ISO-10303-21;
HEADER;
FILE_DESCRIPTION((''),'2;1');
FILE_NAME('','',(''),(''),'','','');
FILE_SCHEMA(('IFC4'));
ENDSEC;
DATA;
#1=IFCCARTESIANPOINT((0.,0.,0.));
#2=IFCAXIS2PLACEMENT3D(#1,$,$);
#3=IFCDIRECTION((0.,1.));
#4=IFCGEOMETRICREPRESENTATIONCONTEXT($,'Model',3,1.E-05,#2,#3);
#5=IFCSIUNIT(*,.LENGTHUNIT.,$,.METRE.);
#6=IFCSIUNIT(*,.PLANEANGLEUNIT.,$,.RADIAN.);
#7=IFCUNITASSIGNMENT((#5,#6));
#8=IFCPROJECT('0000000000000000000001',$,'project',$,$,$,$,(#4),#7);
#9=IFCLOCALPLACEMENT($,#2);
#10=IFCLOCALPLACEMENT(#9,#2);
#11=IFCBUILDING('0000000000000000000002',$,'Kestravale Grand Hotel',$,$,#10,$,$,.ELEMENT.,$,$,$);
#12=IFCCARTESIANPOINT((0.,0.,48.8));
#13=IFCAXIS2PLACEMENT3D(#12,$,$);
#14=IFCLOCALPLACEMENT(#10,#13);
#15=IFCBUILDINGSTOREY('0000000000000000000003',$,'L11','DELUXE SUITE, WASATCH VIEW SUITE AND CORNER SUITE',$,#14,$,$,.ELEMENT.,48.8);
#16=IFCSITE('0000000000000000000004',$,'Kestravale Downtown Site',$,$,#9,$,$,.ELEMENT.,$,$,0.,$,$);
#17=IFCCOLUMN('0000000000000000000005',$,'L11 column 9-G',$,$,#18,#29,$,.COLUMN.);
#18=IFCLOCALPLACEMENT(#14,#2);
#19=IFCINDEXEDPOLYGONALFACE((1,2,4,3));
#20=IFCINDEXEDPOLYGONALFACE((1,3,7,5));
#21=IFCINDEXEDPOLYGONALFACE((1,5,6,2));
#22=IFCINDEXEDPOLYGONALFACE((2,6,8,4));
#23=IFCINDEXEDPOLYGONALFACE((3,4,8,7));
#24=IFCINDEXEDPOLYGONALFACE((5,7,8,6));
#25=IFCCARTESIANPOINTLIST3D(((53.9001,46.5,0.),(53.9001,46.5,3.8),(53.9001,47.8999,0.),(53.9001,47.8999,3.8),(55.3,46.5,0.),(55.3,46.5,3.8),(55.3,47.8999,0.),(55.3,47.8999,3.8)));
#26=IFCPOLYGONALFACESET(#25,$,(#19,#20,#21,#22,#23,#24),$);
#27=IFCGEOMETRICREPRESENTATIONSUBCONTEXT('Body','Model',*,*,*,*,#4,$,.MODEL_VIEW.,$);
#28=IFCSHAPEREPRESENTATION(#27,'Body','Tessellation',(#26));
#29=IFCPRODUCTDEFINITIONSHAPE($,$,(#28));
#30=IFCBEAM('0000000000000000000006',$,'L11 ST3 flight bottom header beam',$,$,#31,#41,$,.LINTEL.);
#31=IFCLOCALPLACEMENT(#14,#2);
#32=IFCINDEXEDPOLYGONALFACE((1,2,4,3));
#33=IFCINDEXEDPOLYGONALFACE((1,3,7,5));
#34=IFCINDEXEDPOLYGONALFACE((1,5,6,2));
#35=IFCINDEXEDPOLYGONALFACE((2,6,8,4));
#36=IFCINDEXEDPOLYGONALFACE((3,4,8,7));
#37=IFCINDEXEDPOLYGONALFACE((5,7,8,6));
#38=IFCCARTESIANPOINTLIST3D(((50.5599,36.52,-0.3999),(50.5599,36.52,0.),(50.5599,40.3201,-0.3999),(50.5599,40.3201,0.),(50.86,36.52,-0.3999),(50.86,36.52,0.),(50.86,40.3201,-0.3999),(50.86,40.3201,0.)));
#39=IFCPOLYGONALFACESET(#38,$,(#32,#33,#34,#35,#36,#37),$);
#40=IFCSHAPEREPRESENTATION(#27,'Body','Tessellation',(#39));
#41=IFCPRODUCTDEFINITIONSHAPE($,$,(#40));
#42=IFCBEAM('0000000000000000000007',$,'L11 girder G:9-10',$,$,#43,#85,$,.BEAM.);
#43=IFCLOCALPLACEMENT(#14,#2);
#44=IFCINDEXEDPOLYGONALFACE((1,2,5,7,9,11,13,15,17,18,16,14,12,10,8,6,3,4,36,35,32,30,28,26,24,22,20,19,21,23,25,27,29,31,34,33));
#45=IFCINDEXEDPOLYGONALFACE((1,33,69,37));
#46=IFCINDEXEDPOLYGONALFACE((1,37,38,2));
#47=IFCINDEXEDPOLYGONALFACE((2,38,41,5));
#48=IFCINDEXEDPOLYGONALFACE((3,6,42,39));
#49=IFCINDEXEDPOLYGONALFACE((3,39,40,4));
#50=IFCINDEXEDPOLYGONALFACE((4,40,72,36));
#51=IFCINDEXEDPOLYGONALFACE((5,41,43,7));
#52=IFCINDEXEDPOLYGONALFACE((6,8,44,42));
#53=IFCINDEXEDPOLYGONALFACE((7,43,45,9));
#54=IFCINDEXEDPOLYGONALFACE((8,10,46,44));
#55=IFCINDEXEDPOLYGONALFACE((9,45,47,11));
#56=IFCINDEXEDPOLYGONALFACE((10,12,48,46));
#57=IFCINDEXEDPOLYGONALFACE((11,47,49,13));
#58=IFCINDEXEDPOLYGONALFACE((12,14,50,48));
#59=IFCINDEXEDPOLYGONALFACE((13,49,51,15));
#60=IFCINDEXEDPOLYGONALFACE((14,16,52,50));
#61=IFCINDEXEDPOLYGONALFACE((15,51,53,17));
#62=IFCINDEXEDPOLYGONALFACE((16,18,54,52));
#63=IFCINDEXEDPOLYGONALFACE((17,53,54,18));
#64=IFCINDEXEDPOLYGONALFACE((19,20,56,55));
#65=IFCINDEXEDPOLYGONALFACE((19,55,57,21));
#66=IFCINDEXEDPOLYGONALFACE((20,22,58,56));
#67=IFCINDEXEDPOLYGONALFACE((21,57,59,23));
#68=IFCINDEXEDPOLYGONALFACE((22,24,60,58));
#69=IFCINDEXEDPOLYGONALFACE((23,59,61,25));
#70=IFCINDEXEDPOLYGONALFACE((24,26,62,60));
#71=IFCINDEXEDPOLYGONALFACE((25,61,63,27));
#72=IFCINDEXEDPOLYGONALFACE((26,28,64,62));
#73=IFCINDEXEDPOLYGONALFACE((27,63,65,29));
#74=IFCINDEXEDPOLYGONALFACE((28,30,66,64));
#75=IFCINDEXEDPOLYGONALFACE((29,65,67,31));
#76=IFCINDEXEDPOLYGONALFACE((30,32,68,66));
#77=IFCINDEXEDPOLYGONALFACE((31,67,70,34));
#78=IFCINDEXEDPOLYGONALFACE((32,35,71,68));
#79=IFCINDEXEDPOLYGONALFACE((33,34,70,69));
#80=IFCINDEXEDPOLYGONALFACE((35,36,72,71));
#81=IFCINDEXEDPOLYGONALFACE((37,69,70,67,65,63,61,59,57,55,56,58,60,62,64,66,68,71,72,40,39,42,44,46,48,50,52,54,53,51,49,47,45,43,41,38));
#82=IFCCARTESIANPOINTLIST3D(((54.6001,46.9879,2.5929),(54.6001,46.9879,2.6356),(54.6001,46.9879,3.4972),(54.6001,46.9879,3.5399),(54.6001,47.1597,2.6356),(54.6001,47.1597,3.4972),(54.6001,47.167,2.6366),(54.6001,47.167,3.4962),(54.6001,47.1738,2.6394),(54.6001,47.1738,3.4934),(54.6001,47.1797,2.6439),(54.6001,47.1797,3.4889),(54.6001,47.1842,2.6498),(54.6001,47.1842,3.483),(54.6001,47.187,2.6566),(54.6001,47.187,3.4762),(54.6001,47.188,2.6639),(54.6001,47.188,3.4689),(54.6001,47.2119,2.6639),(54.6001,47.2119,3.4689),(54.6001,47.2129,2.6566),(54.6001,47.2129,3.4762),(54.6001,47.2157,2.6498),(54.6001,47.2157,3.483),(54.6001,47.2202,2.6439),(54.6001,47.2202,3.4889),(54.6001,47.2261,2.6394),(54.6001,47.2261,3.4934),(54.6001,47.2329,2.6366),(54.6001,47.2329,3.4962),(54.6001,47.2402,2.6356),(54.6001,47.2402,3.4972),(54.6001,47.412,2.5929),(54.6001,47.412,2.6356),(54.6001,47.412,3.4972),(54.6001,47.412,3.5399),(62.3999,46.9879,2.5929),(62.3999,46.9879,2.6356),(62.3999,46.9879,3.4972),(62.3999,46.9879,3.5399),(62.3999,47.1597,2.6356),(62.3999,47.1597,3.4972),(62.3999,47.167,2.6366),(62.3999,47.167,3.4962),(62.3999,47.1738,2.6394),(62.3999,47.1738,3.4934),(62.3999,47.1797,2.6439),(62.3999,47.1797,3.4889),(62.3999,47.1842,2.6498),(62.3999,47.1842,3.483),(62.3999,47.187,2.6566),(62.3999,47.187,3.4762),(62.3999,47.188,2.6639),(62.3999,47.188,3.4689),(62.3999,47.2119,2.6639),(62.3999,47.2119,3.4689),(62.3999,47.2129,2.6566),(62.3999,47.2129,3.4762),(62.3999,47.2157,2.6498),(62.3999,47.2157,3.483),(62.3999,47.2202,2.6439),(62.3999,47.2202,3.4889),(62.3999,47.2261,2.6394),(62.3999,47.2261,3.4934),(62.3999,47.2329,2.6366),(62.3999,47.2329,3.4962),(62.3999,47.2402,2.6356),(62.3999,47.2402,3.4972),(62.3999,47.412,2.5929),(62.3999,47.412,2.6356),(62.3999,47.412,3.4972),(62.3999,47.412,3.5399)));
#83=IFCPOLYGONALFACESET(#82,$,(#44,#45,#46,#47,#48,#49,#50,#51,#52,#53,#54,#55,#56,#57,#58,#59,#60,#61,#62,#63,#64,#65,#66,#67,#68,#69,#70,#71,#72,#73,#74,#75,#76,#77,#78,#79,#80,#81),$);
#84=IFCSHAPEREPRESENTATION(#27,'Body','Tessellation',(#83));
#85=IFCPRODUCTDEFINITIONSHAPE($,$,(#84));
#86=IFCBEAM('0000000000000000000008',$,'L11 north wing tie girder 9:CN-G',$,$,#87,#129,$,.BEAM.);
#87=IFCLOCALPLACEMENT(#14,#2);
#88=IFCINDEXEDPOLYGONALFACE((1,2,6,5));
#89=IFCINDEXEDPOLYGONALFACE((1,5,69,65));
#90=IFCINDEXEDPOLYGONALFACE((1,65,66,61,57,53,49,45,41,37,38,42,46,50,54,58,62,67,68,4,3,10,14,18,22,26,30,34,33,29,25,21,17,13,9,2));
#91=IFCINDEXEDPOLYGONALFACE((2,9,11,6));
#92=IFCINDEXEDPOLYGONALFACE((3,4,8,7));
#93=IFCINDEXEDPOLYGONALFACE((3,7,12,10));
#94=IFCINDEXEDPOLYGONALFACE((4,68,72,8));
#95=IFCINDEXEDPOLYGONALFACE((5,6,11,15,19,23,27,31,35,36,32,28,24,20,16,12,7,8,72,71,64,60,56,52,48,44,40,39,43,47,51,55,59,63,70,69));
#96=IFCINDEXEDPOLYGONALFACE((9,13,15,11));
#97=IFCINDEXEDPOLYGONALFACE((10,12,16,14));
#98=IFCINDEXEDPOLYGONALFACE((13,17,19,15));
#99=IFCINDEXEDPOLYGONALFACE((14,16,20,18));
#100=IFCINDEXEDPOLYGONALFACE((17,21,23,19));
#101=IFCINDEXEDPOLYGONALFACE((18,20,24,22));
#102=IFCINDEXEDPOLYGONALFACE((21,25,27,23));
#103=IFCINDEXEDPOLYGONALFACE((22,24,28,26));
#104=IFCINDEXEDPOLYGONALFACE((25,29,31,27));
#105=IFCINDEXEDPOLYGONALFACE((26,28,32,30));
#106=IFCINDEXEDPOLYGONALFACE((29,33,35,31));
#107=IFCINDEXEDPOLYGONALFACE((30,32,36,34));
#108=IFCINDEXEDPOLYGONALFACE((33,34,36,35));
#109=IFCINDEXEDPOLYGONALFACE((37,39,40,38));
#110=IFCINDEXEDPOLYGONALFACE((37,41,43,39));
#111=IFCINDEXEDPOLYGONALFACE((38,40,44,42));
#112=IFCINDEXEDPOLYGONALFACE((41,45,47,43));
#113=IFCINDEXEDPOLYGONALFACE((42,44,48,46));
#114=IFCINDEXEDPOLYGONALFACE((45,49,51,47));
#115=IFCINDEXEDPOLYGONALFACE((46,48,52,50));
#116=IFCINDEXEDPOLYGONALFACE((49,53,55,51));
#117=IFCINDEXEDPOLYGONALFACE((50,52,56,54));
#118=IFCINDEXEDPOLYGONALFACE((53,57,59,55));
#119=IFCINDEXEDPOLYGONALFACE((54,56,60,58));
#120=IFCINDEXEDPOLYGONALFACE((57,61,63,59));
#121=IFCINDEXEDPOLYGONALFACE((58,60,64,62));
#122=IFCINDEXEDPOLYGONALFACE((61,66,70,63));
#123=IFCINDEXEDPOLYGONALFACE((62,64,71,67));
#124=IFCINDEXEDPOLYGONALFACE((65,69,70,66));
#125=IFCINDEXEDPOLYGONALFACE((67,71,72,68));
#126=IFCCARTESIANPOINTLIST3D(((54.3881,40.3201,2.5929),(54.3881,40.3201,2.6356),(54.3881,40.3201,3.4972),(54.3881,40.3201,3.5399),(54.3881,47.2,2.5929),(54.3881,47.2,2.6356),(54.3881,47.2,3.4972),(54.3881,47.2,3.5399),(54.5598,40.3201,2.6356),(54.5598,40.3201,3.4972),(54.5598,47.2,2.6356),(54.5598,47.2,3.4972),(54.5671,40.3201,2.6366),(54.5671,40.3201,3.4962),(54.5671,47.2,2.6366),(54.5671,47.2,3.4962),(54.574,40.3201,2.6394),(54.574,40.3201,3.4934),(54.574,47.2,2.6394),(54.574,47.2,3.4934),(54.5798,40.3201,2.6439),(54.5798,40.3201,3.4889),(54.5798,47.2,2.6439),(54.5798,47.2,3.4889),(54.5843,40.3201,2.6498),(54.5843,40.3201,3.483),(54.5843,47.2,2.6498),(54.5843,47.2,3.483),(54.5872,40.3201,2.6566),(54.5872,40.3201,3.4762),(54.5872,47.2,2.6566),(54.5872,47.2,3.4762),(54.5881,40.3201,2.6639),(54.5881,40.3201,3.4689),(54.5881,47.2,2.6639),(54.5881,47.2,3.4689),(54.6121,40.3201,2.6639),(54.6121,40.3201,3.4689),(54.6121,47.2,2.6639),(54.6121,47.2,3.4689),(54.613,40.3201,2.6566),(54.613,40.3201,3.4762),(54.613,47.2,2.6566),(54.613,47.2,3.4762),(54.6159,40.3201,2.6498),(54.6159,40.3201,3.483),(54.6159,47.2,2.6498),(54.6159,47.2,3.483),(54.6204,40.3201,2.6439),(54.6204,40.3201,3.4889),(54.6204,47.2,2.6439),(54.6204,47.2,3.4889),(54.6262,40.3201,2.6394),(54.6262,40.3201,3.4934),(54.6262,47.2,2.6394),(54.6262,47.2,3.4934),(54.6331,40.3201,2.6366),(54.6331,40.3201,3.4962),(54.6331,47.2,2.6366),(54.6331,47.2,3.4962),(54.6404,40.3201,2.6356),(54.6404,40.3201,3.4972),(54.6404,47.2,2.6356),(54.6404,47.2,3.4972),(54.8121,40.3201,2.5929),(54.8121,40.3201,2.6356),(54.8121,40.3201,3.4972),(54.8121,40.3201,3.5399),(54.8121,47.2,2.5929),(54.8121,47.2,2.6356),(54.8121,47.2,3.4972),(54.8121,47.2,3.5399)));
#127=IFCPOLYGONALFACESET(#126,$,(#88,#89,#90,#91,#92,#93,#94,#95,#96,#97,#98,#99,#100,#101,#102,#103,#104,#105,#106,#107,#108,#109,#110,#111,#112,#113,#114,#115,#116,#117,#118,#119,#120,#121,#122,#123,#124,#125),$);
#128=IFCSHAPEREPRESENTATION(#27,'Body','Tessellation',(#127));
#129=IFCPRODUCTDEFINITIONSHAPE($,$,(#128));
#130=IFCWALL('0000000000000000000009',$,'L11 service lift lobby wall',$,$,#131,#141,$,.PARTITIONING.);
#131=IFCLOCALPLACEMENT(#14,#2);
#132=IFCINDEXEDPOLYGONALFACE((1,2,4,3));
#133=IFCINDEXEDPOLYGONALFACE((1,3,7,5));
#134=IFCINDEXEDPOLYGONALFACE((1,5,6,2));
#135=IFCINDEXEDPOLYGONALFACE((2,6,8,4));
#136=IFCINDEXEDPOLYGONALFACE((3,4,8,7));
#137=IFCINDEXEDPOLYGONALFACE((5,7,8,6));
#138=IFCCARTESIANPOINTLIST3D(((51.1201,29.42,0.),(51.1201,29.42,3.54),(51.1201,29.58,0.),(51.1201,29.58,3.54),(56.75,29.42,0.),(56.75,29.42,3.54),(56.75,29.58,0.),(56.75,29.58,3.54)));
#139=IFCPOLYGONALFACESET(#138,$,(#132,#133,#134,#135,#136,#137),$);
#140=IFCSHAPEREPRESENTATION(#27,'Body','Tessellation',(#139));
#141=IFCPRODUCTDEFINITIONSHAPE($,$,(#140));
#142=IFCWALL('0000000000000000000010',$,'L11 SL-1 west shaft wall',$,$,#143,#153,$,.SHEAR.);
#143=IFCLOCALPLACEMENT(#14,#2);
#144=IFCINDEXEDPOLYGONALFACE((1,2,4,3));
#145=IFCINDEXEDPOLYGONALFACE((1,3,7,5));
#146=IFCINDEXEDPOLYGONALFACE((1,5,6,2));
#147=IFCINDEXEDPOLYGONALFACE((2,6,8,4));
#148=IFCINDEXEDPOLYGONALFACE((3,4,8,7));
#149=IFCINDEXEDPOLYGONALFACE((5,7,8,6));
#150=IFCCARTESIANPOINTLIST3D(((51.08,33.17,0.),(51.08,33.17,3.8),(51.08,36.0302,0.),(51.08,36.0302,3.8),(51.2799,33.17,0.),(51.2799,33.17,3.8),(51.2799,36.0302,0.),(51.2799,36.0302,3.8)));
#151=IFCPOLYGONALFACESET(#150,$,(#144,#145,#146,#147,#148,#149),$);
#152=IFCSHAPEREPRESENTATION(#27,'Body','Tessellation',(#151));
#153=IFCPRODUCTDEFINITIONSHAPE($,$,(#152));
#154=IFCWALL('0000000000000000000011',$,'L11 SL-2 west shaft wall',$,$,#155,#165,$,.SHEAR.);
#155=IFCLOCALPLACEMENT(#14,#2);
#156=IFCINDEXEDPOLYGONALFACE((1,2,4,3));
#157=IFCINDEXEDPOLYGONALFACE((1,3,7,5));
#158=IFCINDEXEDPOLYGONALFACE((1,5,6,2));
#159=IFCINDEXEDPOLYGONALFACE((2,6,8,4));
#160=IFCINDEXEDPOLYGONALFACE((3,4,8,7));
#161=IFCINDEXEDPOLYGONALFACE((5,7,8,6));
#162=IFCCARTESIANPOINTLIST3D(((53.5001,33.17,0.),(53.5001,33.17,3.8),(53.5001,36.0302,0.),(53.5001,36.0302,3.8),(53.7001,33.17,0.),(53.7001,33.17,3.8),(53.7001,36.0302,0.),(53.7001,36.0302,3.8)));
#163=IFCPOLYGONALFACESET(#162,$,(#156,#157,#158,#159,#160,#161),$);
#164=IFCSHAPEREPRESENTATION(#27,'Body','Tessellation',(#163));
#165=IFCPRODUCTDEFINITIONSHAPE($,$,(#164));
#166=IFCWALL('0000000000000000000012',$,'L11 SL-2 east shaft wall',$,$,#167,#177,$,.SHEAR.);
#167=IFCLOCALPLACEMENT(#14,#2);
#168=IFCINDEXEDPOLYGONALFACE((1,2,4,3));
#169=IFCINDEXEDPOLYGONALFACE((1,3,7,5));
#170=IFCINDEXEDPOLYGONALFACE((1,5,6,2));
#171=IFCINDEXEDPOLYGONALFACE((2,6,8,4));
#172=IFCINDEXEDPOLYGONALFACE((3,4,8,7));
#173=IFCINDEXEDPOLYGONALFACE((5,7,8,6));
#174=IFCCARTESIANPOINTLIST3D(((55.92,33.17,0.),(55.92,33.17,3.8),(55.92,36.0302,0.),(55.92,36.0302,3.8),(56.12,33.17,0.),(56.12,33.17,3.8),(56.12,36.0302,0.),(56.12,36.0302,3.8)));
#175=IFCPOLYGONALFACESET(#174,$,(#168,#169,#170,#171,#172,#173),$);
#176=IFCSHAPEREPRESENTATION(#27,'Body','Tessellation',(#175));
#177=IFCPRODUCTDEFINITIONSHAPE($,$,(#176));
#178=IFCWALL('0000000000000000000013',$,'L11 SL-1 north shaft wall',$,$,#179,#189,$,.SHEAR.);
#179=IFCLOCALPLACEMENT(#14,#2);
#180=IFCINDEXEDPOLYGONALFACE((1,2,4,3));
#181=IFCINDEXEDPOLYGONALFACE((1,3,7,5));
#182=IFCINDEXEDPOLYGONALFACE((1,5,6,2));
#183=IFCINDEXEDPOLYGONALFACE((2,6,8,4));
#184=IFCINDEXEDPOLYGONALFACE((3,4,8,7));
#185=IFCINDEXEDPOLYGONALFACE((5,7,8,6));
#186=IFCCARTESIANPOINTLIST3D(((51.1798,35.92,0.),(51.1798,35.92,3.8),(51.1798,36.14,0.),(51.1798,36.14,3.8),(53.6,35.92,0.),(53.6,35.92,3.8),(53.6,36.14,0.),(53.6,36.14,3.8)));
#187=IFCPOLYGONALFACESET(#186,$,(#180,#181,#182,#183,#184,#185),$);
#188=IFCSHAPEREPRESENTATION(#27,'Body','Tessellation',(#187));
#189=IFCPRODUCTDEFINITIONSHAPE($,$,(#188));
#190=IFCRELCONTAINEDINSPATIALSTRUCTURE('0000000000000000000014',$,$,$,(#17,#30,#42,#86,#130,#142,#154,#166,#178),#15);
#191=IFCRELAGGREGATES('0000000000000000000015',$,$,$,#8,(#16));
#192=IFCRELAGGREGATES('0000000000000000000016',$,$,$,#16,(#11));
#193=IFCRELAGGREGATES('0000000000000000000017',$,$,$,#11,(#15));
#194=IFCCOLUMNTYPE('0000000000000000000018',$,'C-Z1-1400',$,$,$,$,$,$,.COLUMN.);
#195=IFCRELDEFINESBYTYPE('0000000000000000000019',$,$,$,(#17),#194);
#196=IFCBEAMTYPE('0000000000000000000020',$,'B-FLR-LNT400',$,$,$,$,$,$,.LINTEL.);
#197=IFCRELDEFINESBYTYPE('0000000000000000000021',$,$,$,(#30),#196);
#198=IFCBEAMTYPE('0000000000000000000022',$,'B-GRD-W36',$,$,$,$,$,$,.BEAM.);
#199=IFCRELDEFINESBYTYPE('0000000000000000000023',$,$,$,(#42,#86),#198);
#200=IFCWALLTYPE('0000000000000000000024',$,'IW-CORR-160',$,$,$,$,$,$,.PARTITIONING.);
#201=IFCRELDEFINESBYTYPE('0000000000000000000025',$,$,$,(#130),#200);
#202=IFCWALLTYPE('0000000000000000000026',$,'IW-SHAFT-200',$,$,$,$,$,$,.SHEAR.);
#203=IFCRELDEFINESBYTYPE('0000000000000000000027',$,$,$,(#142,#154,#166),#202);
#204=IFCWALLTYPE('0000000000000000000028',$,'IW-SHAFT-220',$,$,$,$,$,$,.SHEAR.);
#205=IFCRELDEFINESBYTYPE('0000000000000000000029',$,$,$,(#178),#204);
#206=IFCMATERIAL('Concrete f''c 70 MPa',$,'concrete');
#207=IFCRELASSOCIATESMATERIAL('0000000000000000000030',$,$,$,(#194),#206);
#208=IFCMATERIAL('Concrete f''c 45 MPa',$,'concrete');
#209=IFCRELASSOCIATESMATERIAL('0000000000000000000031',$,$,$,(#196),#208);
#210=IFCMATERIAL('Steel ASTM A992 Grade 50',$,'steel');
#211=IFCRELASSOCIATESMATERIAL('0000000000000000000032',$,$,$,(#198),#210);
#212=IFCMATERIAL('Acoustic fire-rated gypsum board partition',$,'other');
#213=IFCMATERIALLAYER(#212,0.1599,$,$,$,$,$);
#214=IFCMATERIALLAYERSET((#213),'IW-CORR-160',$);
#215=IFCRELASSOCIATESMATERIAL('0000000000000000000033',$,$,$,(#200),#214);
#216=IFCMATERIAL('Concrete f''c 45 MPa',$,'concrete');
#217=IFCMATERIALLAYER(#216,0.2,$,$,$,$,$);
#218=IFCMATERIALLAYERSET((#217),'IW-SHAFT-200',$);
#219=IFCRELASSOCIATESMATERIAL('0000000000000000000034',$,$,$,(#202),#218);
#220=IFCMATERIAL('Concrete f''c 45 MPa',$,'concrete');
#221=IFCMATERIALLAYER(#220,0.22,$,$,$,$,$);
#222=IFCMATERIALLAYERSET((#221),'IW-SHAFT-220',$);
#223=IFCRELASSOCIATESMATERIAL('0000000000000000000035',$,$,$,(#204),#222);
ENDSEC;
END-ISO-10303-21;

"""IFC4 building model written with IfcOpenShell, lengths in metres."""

from ifc_helpers import new_model, si_unit, direction, frame, frame_2d, origin, origin_2d, place, context, subcontext, project, spatial, rectangle, i_section, extrude, material, layer, layer_set, material_profile, profile_set, type_object, element, save


model = new_model("IFC4")

# Units and contexts
model_context = context("Model", 3, precision=1e-05, world=origin(), true_north=direction((0.0, 1.0)))
body_context = subcontext(model_context, "Body", "Model", "MODEL_VIEW")
ifc_project = project(units=[si_unit("LENGTHUNIT", "METRE"), si_unit("PLANEANGLEUNIT", "RADIAN")], contexts=[model_context])

# Site, building, storey
site_placement = place(None, origin())
site = spatial("IfcSite", under=ifc_project, at=site_placement, Name="Kestravale Downtown Site", CompositionType="ELEMENT", RefElevation=0.0)
building_placement = place(site_placement, origin())
building = spatial("IfcBuilding", under=site, at=building_placement, Name="Kestravale Grand Hotel", CompositionType="ELEMENT")
storey_placement = place(building_placement, frame((0.0, 0.0, 48.8)))
storey = spatial("IfcBuildingStorey", under=building, at=storey_placement, Name="L11", Description="DELUXE SUITE, WASATCH VIEW SUITE AND CORNER SUITE", CompositionType="ELEMENT", Elevation=48.8)

# Column
ifc_material_1 = material(Name="Concrete f'c 70 MPa", Category="concrete")
ifc_material_profile_1 = material_profile(ifc_material_1, rectangle(XDim=1.3999, YDim=1.3999, at=origin_2d()))
ifc_profile_set_1 = profile_set([ifc_material_profile_1], Name="Concrete f'c 70 MPa")
column_type = type_object("IfcColumnType", Name="C-Z1-1400", PredefinedType="COLUMN", material=ifc_profile_set_1)
column_placement = place(storey_placement, frame((54.6001, 47.2, 0.0), z_axis=(0.0, 0.0, 1.0), x_axis=(1.0, 0.0, 0.0)))
element("IfcColumn", 1, at=column_placement, inside=storey, type_object=column_type, Name="L11 column 9-G", PredefinedType="COLUMN", context=body_context, shape_type="SweptSolid", body=[
    extrude(rectangle(XDim=1.3999, YDim=1.3999, at=origin_2d()), origin(), (0.0, 0.0, 1.0), 3.8),
])

# Beams
ifc_material_2 = material(Name="Concrete f'c 45 MPa", Category="concrete")
ifc_material_profile_2 = material_profile(ifc_material_2, rectangle(XDim=0.3, YDim=0.3999, at=origin_2d()))
ifc_profile_set_2 = profile_set([ifc_material_profile_2], Name="Concrete f'c 45 MPa")
beam_type_1 = type_object("IfcBeamType", Name="B-FLR-LNT400", PredefinedType="LINTEL", material=ifc_profile_set_2)
beam_1_placement = place(storey_placement, frame((50.71, 36.52, -0.2), z_axis=(0.0, 1.0, 0.0), x_axis=(-1.0, 0.0, 0.0)))
element("IfcBeam", 2, at=beam_1_placement, inside=storey, type_object=beam_type_1, Name="L11 ST3 flight bottom header beam", PredefinedType="LINTEL", context=body_context, shape_type="SweptSolid", body=[
    extrude(rectangle(XDim=0.3, YDim=0.3999, at=origin_2d()), origin(), (0.0, 0.0, 1.0), 3.8),
])
ifc_material_3 = material(Name="Steel ASTM A992 Grade 50", Category="steel")
ifc_material_profile_3 = material_profile(ifc_material_3, i_section(OverallWidth=0.4241, OverallDepth=0.947, WebThickness=0.0239, FlangeThickness=0.0427, FilletRadius=0.0283, at=origin_2d()))
ifc_profile_set_3 = profile_set([ifc_material_profile_3], Name="Steel ASTM A992 Grade 50")
beam_type_2 = type_object("IfcBeamType", Name="B-GRD-W36", PredefinedType="BEAM", material=ifc_profile_set_3)
beam_2_placement = place(storey_placement, frame((54.6001, 47.2, 3.0664), z_axis=(1.0, 0.0, 0.0), x_axis=(0.0, 1.0, 0.0)))
element("IfcBeam", 3, at=beam_2_placement, inside=storey, type_object=beam_type_2, Name="L11 girder G:9-10", PredefinedType="BEAM", context=body_context, shape_type="SweptSolid", body=[
    extrude(i_section(OverallWidth=0.4241, OverallDepth=0.947, WebThickness=0.0239, FlangeThickness=0.0427, FilletRadius=0.0283, at=origin_2d()), origin(), (0.0, 0.0, 1.0), 7.7998),
])
beam_3_placement = place(storey_placement, frame((54.6001, 40.3201, 3.0664), z_axis=(0.0, 1.0, 0.0), x_axis=(-1.0, 0.0, 0.0)))
element("IfcBeam", 4, at=beam_3_placement, inside=storey, type_object=beam_type_2, Name="L11 north wing tie girder 9:CN-G", PredefinedType="BEAM", context=body_context, shape_type="SweptSolid", body=[
    extrude(i_section(OverallWidth=0.4241, OverallDepth=0.947, WebThickness=0.0239, FlangeThickness=0.0427, FilletRadius=0.0283, at=origin_2d()), origin(), (0.0, 0.0, 1.0), 6.8799),
])

# Shared definitions
ifc_material_4 = material(Name="Acoustic fire-rated gypsum board partition", Category="other")
ifc_layer_1 = layer(ifc_material_4, 0.1599)
ifc_layer_set_1 = layer_set([ifc_layer_1], Name="IW-CORR-160")
wall_type_1 = type_object("IfcWallType", Name="IW-CORR-160", PredefinedType="PARTITIONING", material=ifc_layer_set_1)

# Walls
wall_1_placement = place(storey_placement, frame((51.1201, 29.5, 0.0), z_axis=(0.0, 0.0, 1.0), x_axis=(1.0, 0.0, 0.0)))
element("IfcWall", 5, at=wall_1_placement, inside=storey, type_object=wall_type_1, Name="L11 service lift lobby wall", PredefinedType="PARTITIONING", context=body_context, shape_type="SweptSolid", body=[
    extrude(rectangle(XDim=5.6299, YDim=0.1599, at=frame_2d((2.8149, 0.0))), origin(), (0.0, 0.0, 1.0), 3.54),
])
ifc_material_5 = material(Name="Concrete f'c 45 MPa", Category="concrete")
ifc_layer_2 = layer(ifc_material_5, 0.2)
ifc_layer_set_2 = layer_set([ifc_layer_2], Name="IW-SHAFT-200")
wall_type_2 = type_object("IfcWallType", Name="IW-SHAFT-200", PredefinedType="SHEAR", material=ifc_layer_set_2)
for number, where, z_axis, x_axis, name in (
    (6, (51.1799, 33.1699, 0.0), (0.0, 0.0, 1.0), (0.0, 1.0, 0.0), "L11 SL-1 west shaft wall"),
    (7, (53.6001, 33.1699, 0.0), (0.0, 0.0, 1.0), (0.0, 1.0, 0.0), "L11 SL-2 west shaft wall"),
    (8, (56.02, 33.1699, 0.0), (0.0, 0.0, 1.0), (0.0, 1.0, 0.0), "L11 SL-2 east shaft wall"),
):
    element("IfcWall", number, at=place(storey_placement, frame(where, z_axis=z_axis, x_axis=x_axis)), inside=storey, type_object=wall_type_2, Name=name, PredefinedType="SHEAR", context=body_context, shape_type="SweptSolid", body=[
        extrude(rectangle(XDim=2.8601, YDim=0.2, at=frame_2d((1.4302, 0.0))), origin(), (0.0, 0.0, 1.0), 3.8),
    ])
ifc_material_6 = material(Name="Concrete f'c 45 MPa", Category="concrete")
ifc_layer_3 = layer(ifc_material_6, 0.22)
ifc_layer_set_3 = layer_set([ifc_layer_3], Name="IW-SHAFT-220")
wall_type_3 = type_object("IfcWallType", Name="IW-SHAFT-220", PredefinedType="SHEAR", material=ifc_layer_set_3)
wall_2_placement = place(storey_placement, frame((51.1799, 36.03, 0.0), z_axis=(0.0, 0.0, 1.0), x_axis=(1.0, 0.0, 0.0)))
element("IfcWall", 9, at=wall_2_placement, inside=storey, type_object=wall_type_3, Name="L11 SL-1 north shaft wall", PredefinedType="SHEAR", context=body_context, shape_type="SweptSolid", body=[
    extrude(rectangle(XDim=2.4202, YDim=0.22, at=frame_2d((1.21, 0.0))), origin(), (0.0, 0.0, 1.0), 3.8),
])

save(model, "model.ifc")
